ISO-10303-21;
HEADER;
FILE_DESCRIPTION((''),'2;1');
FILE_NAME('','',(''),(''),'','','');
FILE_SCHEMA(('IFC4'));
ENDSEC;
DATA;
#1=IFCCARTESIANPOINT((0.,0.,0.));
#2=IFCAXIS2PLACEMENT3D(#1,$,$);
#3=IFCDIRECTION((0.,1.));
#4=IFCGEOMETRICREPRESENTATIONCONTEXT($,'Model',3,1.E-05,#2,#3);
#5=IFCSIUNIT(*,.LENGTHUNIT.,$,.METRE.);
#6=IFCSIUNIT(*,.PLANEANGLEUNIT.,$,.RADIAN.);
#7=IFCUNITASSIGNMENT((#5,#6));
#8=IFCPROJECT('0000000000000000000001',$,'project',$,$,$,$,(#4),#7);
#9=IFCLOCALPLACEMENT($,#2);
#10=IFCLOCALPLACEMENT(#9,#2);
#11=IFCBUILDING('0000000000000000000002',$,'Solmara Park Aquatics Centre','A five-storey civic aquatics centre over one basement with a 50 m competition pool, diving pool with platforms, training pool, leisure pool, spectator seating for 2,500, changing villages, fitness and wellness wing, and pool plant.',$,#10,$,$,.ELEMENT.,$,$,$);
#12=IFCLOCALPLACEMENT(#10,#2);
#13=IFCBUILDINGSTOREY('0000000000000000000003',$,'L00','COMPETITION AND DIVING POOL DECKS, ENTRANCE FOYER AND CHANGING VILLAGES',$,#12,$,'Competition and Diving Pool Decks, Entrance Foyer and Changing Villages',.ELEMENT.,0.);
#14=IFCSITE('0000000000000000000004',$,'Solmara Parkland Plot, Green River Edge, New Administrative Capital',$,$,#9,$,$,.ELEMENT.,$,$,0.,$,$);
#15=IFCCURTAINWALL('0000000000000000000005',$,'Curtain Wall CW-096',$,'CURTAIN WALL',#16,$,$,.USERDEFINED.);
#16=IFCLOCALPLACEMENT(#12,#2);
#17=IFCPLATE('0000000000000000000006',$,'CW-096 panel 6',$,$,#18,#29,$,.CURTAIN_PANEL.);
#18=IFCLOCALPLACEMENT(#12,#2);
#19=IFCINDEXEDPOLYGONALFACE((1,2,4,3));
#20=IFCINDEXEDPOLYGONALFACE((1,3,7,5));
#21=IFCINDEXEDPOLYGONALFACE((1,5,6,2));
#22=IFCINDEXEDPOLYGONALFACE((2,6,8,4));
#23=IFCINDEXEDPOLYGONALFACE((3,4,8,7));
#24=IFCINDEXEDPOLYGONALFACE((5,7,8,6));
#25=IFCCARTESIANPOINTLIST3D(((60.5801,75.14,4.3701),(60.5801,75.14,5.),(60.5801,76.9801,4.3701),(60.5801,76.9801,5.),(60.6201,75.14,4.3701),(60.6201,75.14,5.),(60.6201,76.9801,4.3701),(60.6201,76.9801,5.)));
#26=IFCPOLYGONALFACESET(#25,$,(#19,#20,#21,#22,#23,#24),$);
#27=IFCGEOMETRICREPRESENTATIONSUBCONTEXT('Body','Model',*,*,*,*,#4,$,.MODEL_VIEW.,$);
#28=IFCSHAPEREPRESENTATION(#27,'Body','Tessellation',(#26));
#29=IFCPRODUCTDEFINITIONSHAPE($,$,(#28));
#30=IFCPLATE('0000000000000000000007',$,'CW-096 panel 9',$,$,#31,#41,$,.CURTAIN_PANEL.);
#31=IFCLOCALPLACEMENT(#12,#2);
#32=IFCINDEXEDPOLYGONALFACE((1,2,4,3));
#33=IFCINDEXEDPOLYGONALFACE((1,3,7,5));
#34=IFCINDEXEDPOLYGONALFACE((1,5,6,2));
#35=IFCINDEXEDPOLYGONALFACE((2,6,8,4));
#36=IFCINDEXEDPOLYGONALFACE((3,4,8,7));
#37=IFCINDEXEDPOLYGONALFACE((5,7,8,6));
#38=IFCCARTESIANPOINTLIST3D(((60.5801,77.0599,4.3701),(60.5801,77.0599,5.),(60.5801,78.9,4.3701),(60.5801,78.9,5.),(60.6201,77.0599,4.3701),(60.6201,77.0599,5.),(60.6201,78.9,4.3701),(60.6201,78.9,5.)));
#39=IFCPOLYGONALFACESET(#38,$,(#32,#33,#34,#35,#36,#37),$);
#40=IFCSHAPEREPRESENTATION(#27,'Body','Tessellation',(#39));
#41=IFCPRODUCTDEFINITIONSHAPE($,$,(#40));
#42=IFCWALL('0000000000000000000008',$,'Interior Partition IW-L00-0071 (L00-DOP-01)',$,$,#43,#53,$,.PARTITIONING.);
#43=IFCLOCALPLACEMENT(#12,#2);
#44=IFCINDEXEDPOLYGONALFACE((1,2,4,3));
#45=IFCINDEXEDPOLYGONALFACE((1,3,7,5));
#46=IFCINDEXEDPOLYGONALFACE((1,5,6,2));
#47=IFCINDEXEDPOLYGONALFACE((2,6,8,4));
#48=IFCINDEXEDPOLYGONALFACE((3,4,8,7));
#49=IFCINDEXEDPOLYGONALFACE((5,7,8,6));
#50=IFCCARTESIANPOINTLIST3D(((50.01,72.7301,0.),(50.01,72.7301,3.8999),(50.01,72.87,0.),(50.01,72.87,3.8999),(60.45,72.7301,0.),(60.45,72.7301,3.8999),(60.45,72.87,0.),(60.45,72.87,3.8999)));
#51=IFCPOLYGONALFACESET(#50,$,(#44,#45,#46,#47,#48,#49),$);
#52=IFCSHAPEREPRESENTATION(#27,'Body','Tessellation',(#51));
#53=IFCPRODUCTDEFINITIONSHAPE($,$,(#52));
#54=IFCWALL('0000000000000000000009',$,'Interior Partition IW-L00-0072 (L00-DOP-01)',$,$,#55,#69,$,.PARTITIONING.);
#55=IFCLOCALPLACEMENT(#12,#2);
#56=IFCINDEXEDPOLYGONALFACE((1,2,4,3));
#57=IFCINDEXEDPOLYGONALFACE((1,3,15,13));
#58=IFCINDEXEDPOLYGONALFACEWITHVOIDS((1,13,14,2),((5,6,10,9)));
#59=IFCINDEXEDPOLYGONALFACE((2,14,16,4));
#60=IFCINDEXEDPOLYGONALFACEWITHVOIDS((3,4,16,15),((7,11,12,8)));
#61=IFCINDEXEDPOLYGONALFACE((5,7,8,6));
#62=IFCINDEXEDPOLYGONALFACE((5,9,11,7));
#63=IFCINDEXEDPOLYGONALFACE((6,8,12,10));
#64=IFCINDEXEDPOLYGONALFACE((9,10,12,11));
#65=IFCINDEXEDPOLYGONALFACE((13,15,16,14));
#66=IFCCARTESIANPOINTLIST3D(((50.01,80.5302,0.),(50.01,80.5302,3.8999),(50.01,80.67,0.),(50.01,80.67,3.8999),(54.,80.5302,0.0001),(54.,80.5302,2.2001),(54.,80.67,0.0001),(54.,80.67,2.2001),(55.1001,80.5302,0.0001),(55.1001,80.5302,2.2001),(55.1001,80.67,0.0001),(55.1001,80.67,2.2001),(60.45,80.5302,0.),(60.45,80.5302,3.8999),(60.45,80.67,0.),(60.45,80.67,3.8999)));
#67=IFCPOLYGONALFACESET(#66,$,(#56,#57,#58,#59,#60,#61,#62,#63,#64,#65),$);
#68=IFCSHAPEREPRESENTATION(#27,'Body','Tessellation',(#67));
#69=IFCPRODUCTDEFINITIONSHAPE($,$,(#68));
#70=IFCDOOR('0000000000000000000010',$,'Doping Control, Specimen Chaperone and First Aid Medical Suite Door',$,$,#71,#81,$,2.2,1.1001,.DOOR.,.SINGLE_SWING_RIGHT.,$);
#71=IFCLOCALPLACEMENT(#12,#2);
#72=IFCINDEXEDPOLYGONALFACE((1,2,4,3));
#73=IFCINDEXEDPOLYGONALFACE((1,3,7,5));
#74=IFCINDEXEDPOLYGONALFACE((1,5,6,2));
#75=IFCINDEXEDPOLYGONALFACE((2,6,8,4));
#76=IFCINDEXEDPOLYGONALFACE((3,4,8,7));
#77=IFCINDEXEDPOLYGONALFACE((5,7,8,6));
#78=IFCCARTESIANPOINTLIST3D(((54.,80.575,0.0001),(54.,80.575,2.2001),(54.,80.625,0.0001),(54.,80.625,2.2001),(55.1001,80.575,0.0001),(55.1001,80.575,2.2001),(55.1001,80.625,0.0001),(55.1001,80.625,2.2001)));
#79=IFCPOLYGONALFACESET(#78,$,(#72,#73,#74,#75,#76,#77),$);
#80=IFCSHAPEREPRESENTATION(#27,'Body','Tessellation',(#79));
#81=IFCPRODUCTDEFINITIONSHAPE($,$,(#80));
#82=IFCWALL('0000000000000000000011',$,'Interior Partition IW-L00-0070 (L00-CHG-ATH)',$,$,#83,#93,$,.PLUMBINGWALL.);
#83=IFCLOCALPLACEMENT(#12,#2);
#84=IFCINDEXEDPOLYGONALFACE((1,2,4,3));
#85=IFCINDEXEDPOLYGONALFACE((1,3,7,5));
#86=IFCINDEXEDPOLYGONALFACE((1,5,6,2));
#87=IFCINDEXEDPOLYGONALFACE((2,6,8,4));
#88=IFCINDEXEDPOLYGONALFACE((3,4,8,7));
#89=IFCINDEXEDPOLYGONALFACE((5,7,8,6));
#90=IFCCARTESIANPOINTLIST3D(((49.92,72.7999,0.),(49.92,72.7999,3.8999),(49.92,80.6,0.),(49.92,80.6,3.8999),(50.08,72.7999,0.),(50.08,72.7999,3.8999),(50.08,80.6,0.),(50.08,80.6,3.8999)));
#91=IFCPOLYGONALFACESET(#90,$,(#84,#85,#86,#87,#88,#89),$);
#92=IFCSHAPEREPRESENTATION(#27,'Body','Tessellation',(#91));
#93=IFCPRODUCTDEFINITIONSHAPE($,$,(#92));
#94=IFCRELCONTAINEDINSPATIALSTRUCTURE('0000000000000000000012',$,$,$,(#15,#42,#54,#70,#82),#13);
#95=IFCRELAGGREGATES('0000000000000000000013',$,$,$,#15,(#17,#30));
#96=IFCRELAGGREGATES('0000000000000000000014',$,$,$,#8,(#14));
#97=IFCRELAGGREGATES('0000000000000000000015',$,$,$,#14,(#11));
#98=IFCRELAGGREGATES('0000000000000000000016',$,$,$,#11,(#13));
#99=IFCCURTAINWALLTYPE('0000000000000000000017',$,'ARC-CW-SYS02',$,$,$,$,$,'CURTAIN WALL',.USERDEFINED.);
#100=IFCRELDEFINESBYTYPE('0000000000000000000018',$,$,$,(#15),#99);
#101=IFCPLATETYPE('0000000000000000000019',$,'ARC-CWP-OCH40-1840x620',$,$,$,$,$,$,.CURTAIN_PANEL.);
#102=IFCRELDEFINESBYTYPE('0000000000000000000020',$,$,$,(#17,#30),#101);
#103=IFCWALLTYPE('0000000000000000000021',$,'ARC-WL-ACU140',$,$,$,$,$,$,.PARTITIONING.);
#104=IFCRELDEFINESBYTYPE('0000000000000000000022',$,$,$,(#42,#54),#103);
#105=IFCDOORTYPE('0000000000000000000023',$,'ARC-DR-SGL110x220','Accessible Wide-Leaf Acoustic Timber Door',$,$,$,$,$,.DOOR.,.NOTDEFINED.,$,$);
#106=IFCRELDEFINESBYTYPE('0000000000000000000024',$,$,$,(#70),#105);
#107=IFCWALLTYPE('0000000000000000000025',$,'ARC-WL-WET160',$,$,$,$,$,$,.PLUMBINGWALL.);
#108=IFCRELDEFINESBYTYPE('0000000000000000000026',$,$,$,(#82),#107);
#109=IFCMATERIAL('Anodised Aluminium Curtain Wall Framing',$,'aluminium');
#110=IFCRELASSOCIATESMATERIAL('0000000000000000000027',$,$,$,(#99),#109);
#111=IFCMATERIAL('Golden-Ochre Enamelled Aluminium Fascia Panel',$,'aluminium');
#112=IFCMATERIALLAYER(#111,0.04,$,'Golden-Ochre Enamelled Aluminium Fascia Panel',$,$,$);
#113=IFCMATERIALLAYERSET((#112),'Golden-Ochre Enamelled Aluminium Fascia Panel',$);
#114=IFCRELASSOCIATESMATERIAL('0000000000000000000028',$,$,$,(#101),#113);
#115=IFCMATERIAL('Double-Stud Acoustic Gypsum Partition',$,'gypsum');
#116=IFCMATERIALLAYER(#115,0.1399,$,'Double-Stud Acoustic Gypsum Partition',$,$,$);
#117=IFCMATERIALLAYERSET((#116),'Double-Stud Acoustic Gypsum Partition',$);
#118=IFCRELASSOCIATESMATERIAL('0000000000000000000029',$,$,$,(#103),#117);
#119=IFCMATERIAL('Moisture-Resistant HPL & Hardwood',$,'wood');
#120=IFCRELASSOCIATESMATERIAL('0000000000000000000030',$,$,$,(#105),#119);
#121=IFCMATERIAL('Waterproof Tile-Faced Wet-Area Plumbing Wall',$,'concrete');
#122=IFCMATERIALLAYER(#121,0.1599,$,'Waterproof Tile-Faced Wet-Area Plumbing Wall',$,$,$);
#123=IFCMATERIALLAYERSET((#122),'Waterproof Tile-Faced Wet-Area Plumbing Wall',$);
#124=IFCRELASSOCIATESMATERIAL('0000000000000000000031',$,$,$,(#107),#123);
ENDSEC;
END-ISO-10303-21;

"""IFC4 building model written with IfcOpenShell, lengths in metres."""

from ifc_helpers import new_model, si_unit, direction, frame, frame_2d, origin, origin_2d, place, context, subcontext, project, spatial, rectangle, extrude, material, layer, layer_set, type_object, element, fill, aggregate, save


model = new_model("IFC4")

# Units and contexts
model_context = context("Model", 3, precision=1e-05, world=origin(), true_north=direction((0.0, 1.0)))
body_context = subcontext(model_context, "Body", "Model", "MODEL_VIEW")
ifc_project = project(units=[si_unit("LENGTHUNIT", "METRE"), si_unit("PLANEANGLEUNIT", "RADIAN")], contexts=[model_context])

# Site, building, storey
site_placement = place(None, origin())
site = spatial("IfcSite", under=ifc_project, at=site_placement, Name="Solmara Parkland Plot, Green River Edge, New Administrative Capital", CompositionType="ELEMENT", RefElevation=0.0)
building_placement = place(site_placement, origin())
building = spatial("IfcBuilding", under=site, at=building_placement, Name="Solmara Park Aquatics Centre", Description="A five-storey civic aquatics centre over one basement with a 50 m competition pool, diving pool with platforms, training pool, leisure pool, spectator seating for 2,500, changing villages, fitness and wellness wing, and pool plant.", CompositionType="ELEMENT")
storey_placement = place(building_placement, origin())
storey = spatial("IfcBuildingStorey", under=building, at=storey_placement, Name="L00", Description="COMPETITION AND DIVING POOL DECKS, ENTRANCE FOYER AND CHANGING VILLAGES", LongName="Competition and Diving Pool Decks, Entrance Foyer and Changing Villages", CompositionType="ELEMENT", Elevation=0.0)

# Curtain wall
ifc_material_1 = material(Name="Anodised Aluminium Curtain Wall Framing", Category="aluminium")
curtain_wall_type = type_object("IfcCurtainWallType", Name="ARC-CW-SYS02", ElementType="CURTAIN WALL", PredefinedType="USERDEFINED", material=ifc_material_1)
curtain_wall_1_placement = place(storey_placement, origin())
curtain_wall_1 = element("IfcCurtainWall", 1, at=curtain_wall_1_placement, inside=storey, type_object=curtain_wall_type, Name="Curtain Wall CW-096", ObjectType="CURTAIN WALL", PredefinedType="USERDEFINED")

# Plates
ifc_material_2 = material(Name="Golden-Ochre Enamelled Aluminium Fascia Panel", Category="aluminium")
ifc_layer_1 = layer(ifc_material_2, 0.04, Name="Golden-Ochre Enamelled Aluminium Fascia Panel")
ifc_layer_set_1 = layer_set([ifc_layer_1], Name="Golden-Ochre Enamelled Aluminium Fascia Panel")
plate_type_1 = type_object("IfcPlateType", Name="ARC-CWP-OCH40-1840x620", PredefinedType="CURTAIN_PANEL", material=ifc_layer_set_1)
plate_1_placement = place(storey_placement, frame((60.6001, 76.0601, 4.3701), z_axis=(0.0, 0.0, 1.0), x_axis=(0.0, 1.0, 0.0)))
plate_1 = element("IfcPlate", 2, at=plate_1_placement, type_object=plate_type_1, Name="CW-096 panel 6", PredefinedType="CURTAIN_PANEL", context=body_context, shape_type="SweptSolid", body=[
    extrude(rectangle(XDim=1.8401, YDim=0.04, at=origin_2d()), origin(), (0.0, 0.0, 1.0), 0.6299),
])
plate_2_placement = place(storey_placement, frame((60.6001, 77.98, 4.3701), z_axis=(0.0, 0.0, 1.0), x_axis=(0.0, 1.0, 0.0)))
plate_2 = element("IfcPlate", 3, at=plate_2_placement, type_object=plate_type_1, Name="CW-096 panel 9", PredefinedType="CURTAIN_PANEL", context=body_context, shape_type="SweptSolid", body=[
    extrude(rectangle(XDim=1.8401, YDim=0.04, at=origin_2d()), origin(), (0.0, 0.0, 1.0), 0.6299),
])
aggregate(curtain_wall_1, [plate_1, plate_2])

# Wall
ifc_material_3 = material(Name="Double-Stud Acoustic Gypsum Partition", Category="gypsum")
ifc_layer_2 = layer(ifc_material_3, 0.1399, Name="Double-Stud Acoustic Gypsum Partition")
ifc_layer_set_2 = layer_set([ifc_layer_2], Name="Double-Stud Acoustic Gypsum Partition")
wall_type_1 = type_object("IfcWallType", Name="ARC-WL-ACU140", PredefinedType="PARTITIONING", material=ifc_layer_set_2)
wall_1_placement = place(storey_placement, frame((50.01, 72.8, 0.0), z_axis=(0.0, 0.0, 1.0), x_axis=(1.0, 0.0, 0.0)))
element("IfcWall", 4, at=wall_1_placement, inside=storey, type_object=wall_type_1, Name="Interior Partition IW-L00-0071 (L00-DOP-01)", PredefinedType="PARTITIONING", context=body_context, shape_type="SweptSolid", body=[
    extrude(rectangle(XDim=10.4399, YDim=0.1399, at=frame_2d((5.22, 0.0))), origin(), (0.0, 0.0, 1.0), 3.8999),
])

# Wall, opening, door
wall_2_placement = place(storey_placement, frame((50.01, 80.6001, 0.0), z_axis=(0.0, 0.0, 1.0), x_axis=(1.0, 0.0, 0.0)))
wall_2 = element("IfcWall", 5, at=wall_2_placement, inside=storey, type_object=wall_type_1, Name="Interior Partition IW-L00-0072 (L00-DOP-01)", PredefinedType="PARTITIONING", context=body_context, shape_type="SweptSolid", body=[
    extrude(rectangle(XDim=10.4399, YDim=0.1399, at=frame_2d((5.22, 0.0))), origin(), (0.0, 0.0, 1.0), 3.8999),
])
opening_placement = place(wall_2_placement, frame((3.99, 0.0, 0.0)))
opening = element("IfcOpeningElement", 6, at=opening_placement, cuts=wall_2, PredefinedType="OPENING", context=body_context, shape_type="SweptSolid", body=[
    extrude(rectangle(XDim=1.1001, YDim=2.2, at=frame_2d((0.55, 1.1001))), frame((0.0, 0.0798, 0.0), z_axis=(0.0, -1.0, 0.0), x_axis=(1.0, 0.0, 0.0)), (0.0, 0.0, 1.0), 0.1599),
])
ifc_material_4 = material(Name="Moisture-Resistant HPL & Hardwood", Category="wood")
door_type = type_object("IfcDoorType", Name="ARC-DR-SGL110x220", Description="Accessible Wide-Leaf Acoustic Timber Door", OperationType="NOTDEFINED", PredefinedType="DOOR", material=ifc_material_4)
door_placement = place(opening_placement, origin())
door = element("IfcDoor", 7, at=door_placement, inside=storey, type_object=door_type, Name="Doping Control, Specimen Chaperone and First Aid Medical Suite Door", OperationType="SINGLE_SWING_RIGHT", OverallHeight=2.2, OverallWidth=1.1001, PredefinedType="DOOR", context=body_context, shape_type="SweptSolid", body=[
    extrude(rectangle(XDim=1.1001, YDim=2.2, at=frame_2d((0.55, 1.1001))), frame((0.0, 0.0249, 0.0), z_axis=(0.0, -1.0, 0.0), x_axis=(1.0, 0.0, 0.0)), (0.0, 0.0, 1.0), 0.05),
])
fill(opening, door)

# Wall
ifc_material_5 = material(Name="Waterproof Tile-Faced Wet-Area Plumbing Wall", Category="concrete")
ifc_layer_3 = layer(ifc_material_5, 0.1599, Name="Waterproof Tile-Faced Wet-Area Plumbing Wall")
ifc_layer_set_3 = layer_set([ifc_layer_3], Name="Waterproof Tile-Faced Wet-Area Plumbing Wall")
wall_type_2 = type_object("IfcWallType", Name="ARC-WL-WET160", PredefinedType="PLUMBINGWALL", material=ifc_layer_set_3)
wall_3_placement = place(storey_placement, frame((50.0, 72.8, 0.0), z_axis=(0.0, 0.0, 1.0), x_axis=(0.0, 1.0, 0.0)))
element("IfcWall", 8, at=wall_3_placement, inside=storey, type_object=wall_type_2, Name="Interior Partition IW-L00-0070 (L00-CHG-ATH)", PredefinedType="PLUMBINGWALL", context=body_context, shape_type="SweptSolid", body=[
    extrude(rectangle(XDim=7.8, YDim=0.1599, at=frame_2d((3.8999, 0.0))), origin(), (0.0, 0.0, 1.0), 3.8999),
])

save(model, "model.ifc")
